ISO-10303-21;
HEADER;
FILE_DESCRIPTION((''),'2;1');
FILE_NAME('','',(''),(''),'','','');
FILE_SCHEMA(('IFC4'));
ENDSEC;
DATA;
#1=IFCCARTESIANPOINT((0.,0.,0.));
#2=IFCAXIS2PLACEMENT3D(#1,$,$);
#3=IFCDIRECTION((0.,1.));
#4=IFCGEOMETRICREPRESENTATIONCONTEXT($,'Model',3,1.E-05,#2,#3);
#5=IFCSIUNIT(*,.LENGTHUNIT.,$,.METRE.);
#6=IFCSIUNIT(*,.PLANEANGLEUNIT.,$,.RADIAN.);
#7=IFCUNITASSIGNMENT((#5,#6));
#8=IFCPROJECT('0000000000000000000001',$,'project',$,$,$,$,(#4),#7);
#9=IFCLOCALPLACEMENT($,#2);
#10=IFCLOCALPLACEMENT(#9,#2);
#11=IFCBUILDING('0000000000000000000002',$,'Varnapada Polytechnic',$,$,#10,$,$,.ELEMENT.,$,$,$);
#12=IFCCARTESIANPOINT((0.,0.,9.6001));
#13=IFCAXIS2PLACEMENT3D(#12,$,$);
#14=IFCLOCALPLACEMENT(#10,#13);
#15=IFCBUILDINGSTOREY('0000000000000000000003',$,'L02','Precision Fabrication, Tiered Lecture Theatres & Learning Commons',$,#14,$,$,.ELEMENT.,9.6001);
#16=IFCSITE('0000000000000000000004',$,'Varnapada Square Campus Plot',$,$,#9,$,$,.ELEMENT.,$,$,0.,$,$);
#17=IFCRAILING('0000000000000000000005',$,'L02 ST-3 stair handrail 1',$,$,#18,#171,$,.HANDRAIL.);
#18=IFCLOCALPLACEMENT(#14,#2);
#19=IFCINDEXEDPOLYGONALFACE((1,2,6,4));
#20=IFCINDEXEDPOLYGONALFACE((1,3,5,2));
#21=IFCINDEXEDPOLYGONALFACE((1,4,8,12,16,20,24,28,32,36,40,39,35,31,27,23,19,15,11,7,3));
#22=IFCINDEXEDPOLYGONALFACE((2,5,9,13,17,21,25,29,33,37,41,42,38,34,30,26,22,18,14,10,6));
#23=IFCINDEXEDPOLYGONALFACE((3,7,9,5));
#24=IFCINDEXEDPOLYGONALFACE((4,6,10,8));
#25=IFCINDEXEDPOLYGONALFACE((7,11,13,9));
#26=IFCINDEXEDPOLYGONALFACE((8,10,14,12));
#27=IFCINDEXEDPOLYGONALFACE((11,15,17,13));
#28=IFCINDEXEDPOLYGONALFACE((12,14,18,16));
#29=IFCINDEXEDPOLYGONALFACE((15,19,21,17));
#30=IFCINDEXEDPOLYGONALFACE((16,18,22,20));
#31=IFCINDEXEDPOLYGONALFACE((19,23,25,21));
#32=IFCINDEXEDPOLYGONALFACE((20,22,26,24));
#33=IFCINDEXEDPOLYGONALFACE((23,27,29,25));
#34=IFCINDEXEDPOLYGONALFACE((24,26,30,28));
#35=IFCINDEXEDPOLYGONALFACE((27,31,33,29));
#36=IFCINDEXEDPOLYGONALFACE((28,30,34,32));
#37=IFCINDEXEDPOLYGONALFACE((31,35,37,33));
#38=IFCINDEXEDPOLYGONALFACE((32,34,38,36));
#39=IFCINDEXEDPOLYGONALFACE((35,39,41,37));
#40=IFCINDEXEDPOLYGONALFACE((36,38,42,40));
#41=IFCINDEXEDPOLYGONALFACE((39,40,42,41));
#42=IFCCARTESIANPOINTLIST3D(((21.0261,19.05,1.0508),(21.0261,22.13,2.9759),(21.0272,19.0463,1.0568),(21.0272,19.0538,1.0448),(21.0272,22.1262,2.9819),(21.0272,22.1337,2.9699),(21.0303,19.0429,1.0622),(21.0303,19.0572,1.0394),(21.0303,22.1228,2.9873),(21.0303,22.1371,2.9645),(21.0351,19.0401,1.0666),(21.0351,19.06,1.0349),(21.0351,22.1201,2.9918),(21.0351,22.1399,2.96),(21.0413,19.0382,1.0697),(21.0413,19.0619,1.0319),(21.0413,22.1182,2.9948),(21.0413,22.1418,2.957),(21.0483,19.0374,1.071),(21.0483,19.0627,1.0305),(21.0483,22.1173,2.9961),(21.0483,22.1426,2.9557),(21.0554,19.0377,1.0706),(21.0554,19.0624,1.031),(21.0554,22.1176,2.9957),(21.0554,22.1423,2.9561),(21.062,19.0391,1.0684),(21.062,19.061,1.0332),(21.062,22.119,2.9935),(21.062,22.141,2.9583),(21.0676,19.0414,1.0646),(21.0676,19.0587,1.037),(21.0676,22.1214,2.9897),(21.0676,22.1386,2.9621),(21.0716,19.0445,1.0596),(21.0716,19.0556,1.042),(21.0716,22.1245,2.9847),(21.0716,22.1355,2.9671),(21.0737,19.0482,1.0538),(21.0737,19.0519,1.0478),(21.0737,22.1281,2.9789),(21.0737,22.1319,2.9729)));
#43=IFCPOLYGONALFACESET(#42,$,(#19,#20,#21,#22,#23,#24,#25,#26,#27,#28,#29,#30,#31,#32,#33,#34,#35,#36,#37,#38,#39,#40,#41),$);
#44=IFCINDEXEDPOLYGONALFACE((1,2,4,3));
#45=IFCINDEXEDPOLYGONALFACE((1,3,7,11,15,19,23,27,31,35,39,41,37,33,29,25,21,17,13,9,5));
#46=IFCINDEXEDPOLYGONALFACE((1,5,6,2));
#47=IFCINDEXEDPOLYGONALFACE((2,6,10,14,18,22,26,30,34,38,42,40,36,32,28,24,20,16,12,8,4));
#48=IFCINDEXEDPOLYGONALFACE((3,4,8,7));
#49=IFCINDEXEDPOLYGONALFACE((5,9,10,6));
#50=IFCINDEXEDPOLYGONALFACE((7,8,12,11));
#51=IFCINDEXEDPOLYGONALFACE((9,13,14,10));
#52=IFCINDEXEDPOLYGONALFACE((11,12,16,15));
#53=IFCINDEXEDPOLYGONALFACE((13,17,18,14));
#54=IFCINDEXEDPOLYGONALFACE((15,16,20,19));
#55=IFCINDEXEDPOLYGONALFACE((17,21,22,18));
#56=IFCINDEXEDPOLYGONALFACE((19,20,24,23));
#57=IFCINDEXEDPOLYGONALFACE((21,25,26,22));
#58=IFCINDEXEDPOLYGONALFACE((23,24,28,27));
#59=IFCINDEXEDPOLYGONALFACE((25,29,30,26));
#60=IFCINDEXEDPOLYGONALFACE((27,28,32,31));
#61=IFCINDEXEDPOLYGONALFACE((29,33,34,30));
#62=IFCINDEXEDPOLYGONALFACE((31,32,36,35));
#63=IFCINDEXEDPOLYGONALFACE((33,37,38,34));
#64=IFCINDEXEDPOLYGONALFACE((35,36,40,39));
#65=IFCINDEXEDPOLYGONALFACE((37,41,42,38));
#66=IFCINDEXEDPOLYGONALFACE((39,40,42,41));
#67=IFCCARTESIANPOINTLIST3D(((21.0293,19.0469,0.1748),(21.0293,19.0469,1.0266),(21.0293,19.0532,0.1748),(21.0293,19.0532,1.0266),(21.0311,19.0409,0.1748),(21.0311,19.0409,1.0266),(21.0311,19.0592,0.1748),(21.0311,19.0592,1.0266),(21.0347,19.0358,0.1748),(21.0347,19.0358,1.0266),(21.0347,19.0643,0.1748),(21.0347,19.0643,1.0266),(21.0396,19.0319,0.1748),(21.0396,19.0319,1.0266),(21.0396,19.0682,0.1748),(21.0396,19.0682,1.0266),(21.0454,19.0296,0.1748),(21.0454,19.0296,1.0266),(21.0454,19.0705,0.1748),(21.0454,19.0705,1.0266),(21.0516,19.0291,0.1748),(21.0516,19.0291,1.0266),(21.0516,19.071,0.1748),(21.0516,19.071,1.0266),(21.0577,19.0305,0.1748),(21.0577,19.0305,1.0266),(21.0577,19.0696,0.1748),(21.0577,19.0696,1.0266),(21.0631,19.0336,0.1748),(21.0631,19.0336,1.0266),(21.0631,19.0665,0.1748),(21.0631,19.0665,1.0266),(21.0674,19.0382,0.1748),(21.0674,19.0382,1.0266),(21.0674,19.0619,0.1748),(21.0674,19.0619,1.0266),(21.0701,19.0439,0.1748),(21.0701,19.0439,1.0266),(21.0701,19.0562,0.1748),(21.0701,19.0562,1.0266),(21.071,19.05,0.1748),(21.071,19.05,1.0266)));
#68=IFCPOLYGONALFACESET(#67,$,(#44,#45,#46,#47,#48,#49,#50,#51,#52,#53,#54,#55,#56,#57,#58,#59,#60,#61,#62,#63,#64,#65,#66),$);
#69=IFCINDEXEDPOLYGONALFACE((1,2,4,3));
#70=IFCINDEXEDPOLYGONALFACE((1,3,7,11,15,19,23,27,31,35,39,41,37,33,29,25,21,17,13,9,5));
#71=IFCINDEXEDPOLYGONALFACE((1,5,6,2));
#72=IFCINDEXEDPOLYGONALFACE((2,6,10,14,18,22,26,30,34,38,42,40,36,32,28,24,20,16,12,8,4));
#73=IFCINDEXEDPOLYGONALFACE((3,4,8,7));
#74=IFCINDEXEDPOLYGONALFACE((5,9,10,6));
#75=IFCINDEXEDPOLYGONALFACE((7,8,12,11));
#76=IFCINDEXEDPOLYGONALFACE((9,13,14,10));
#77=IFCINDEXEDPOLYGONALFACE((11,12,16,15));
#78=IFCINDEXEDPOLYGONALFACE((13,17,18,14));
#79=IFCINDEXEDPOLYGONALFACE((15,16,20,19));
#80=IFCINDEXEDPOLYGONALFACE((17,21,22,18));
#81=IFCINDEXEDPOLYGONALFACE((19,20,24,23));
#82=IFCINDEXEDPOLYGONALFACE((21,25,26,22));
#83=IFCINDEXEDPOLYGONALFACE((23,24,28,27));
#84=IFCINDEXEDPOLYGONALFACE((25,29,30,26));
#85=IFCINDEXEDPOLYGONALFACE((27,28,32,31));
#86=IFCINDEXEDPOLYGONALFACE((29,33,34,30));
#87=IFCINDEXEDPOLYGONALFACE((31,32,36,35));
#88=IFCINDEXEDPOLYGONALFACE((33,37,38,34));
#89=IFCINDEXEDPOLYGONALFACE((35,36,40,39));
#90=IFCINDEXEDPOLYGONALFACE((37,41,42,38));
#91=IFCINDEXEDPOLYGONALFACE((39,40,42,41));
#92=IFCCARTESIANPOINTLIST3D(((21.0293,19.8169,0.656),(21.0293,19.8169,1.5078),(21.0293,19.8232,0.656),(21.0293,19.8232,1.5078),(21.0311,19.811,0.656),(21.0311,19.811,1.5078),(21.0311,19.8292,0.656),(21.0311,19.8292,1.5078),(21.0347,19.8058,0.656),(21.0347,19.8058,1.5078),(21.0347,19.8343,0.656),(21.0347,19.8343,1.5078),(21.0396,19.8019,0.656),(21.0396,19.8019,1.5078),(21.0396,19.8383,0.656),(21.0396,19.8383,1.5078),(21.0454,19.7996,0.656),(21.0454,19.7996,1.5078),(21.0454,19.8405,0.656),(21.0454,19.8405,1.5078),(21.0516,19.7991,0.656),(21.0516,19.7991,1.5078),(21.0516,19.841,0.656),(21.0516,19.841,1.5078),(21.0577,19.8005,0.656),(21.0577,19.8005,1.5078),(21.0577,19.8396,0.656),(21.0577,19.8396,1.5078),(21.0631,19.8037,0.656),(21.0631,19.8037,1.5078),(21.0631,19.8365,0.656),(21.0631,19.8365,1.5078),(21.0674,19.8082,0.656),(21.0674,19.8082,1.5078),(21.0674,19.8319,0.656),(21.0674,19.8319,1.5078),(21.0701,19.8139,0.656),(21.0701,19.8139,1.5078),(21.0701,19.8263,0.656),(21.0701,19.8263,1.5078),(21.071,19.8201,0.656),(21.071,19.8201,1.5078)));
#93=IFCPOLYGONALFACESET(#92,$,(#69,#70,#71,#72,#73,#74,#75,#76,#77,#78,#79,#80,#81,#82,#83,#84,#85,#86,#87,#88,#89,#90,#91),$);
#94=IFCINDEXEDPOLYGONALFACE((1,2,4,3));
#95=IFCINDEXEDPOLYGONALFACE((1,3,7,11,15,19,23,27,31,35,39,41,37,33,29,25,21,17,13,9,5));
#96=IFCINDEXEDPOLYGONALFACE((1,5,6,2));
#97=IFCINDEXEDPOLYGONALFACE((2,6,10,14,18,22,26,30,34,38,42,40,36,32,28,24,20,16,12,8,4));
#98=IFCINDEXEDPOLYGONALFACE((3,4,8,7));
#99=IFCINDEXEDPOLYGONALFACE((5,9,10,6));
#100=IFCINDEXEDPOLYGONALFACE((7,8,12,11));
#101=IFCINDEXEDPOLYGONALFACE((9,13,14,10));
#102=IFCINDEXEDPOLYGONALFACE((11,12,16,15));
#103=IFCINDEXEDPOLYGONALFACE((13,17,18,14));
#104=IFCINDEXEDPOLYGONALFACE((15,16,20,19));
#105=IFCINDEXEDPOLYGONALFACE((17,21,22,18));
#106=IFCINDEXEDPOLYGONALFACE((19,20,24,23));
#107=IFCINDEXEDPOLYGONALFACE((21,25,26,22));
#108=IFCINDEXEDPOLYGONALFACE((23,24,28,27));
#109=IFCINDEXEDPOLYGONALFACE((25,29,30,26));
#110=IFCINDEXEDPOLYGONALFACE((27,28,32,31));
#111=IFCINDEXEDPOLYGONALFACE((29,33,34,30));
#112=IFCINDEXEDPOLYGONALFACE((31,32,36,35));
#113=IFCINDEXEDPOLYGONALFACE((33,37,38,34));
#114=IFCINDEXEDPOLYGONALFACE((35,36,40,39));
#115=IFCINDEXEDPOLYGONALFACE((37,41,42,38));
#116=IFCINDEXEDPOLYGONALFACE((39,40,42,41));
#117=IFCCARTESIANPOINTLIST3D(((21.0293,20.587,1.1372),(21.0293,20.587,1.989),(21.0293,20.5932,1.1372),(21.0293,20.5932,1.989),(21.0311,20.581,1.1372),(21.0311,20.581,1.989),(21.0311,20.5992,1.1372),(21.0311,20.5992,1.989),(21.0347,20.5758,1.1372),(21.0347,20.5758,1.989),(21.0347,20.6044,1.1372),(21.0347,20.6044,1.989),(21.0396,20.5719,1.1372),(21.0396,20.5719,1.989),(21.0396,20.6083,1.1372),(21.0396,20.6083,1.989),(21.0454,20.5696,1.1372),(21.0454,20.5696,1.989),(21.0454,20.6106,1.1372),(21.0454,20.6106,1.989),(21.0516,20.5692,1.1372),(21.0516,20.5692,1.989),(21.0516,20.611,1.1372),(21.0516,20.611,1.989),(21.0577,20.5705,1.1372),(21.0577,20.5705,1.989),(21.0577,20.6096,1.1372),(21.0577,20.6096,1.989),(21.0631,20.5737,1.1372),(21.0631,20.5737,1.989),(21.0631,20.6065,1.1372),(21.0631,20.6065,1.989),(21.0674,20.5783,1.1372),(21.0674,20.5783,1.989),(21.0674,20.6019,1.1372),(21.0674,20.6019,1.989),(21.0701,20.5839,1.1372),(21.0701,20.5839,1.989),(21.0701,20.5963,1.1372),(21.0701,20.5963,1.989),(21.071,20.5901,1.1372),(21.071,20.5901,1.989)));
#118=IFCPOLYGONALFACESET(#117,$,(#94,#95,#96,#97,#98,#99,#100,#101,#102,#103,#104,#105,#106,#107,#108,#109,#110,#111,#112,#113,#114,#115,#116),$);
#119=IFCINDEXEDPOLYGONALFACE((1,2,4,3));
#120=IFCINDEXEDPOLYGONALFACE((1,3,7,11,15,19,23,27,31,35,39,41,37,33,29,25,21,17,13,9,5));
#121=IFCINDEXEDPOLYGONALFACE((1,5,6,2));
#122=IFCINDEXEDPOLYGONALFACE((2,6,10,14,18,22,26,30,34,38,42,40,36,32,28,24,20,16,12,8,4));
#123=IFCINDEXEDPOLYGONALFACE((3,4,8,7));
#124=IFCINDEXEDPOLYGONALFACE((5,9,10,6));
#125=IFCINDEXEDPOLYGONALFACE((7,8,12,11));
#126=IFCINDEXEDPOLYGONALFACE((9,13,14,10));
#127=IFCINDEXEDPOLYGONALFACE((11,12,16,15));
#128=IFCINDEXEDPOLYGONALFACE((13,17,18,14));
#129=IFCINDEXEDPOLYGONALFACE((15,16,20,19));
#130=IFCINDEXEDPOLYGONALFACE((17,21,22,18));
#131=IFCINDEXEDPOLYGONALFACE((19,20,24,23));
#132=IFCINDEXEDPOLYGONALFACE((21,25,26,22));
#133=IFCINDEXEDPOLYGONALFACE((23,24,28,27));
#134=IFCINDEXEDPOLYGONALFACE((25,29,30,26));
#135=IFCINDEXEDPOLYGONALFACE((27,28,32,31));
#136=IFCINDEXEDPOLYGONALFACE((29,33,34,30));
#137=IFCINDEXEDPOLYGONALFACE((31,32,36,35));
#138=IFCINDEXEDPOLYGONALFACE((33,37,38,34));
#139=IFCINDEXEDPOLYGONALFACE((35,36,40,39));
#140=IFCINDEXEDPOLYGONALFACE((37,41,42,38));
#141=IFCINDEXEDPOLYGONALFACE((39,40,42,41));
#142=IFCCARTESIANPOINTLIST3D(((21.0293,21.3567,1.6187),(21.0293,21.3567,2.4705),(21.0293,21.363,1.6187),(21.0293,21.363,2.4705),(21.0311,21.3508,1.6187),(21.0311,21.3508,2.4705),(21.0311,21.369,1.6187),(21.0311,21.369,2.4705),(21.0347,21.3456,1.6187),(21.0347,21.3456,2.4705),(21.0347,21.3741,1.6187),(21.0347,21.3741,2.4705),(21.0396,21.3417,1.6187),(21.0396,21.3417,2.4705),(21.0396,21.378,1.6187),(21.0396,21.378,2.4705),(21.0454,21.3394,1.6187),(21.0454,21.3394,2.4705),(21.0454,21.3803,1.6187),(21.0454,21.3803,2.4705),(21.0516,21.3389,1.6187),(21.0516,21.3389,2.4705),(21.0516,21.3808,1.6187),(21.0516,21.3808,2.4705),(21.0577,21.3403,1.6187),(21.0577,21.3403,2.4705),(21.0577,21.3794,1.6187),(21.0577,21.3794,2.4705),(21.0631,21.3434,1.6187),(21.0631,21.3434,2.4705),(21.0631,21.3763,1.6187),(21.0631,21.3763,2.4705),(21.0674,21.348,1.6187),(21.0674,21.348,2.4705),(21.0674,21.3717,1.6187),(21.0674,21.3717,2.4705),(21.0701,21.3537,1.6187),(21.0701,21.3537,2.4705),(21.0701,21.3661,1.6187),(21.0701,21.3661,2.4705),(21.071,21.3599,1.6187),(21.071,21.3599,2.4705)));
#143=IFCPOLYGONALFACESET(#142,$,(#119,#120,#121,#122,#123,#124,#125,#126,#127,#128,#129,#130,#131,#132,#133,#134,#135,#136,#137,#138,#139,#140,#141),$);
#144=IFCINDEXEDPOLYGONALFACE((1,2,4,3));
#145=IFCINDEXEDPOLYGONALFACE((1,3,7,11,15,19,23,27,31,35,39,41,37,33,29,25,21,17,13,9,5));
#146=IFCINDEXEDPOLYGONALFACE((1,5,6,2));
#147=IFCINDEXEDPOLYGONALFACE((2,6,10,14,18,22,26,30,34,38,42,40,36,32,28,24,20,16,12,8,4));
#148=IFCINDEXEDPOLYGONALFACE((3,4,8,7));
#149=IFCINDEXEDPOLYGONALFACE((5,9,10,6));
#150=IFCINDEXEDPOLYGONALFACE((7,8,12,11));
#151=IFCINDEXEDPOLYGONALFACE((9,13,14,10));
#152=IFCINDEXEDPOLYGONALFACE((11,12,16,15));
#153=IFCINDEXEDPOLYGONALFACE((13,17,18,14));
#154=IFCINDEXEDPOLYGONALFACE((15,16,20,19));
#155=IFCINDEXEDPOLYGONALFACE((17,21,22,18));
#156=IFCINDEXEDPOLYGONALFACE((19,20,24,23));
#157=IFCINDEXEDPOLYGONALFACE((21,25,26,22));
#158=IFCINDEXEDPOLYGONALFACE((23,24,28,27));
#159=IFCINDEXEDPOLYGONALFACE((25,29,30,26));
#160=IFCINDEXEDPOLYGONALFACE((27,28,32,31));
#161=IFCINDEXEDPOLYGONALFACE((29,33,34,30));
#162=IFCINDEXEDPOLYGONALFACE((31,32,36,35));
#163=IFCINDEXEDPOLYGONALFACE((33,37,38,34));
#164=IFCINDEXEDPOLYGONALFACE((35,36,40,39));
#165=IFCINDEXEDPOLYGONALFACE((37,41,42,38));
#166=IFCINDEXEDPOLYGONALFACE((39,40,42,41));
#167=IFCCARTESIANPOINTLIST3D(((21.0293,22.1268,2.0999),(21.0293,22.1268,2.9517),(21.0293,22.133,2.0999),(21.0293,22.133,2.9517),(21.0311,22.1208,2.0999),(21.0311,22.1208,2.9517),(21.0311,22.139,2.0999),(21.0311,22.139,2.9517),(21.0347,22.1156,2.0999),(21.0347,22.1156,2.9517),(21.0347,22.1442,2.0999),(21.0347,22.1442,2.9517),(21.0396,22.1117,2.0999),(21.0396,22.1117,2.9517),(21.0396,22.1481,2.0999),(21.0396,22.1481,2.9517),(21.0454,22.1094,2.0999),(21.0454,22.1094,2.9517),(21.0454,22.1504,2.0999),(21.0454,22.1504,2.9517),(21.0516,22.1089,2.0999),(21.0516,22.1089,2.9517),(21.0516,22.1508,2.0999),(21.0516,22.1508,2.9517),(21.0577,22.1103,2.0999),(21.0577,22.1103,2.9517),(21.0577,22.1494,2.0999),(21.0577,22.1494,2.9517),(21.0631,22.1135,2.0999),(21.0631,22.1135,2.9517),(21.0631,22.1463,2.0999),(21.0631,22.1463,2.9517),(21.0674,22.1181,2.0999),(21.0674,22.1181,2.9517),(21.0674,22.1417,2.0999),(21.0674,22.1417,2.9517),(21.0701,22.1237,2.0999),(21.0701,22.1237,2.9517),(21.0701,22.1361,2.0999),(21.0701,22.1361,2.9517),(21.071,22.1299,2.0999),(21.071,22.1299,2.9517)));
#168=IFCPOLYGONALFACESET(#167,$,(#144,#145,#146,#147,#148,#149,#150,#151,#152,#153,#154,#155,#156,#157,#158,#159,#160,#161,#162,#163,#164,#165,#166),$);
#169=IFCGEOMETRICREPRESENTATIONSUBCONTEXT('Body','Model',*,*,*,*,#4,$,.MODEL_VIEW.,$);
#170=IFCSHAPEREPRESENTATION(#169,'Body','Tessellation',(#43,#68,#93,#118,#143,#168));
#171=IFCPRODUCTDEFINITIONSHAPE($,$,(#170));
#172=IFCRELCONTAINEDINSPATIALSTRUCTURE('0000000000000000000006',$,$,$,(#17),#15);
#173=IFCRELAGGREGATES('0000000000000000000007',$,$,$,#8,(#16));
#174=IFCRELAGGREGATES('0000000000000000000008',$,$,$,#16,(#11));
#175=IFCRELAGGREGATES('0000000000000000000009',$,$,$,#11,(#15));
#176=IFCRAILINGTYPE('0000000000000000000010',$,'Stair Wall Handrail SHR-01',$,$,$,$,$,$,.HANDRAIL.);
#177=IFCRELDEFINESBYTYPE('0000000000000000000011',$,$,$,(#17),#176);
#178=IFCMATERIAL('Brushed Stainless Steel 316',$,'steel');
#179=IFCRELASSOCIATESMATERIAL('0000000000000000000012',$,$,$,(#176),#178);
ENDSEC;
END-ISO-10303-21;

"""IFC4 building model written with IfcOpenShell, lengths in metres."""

from ifc_helpers import new_model, si_unit, direction, frame, origin, origin_2d, place, context, subcontext, project, spatial, circle, extrude, material, type_object, element, save


model = new_model("IFC4")

# Units and contexts
model_context = context("Model", 3, precision=1e-05, world=origin(), true_north=direction((0.0, 1.0)))
body_context = subcontext(model_context, "Body", "Model", "MODEL_VIEW")
ifc_project = project(units=[si_unit("LENGTHUNIT", "METRE"), si_unit("PLANEANGLEUNIT", "RADIAN")], contexts=[model_context])

# Site, building, storey
site_placement = place(None, origin())
site = spatial("IfcSite", under=ifc_project, at=site_placement, Name="Varnapada Square Campus Plot", CompositionType="ELEMENT", RefElevation=0.0)
building_placement = place(site_placement, origin())
building = spatial("IfcBuilding", under=site, at=building_placement, Name="Varnapada Polytechnic", CompositionType="ELEMENT")
storey_placement = place(building_placement, frame((0.0, 0.0, 9.6001)))
storey = spatial("IfcBuildingStorey", under=building, at=storey_placement, Name="L02", Description="Precision Fabrication, Tiered Lecture Theatres & Learning Commons", CompositionType="ELEMENT", Elevation=9.6001)

# Railing
ifc_material_1 = material(Name="Brushed Stainless Steel 316", Category="steel")
railing_type_1 = type_object("IfcRailingType", Name="Stair Wall Handrail SHR-01", PredefinedType="HANDRAIL", material=ifc_material_1)
railing_1_placement = place(storey_placement, frame((21.05, 19.05, 0.1748)))
element("IfcRailing", 1, at=railing_1_placement, inside=storey, type_object=railing_type_1, Name="L02 ST-3 stair handrail 1", PredefinedType="HANDRAIL", context=body_context, shape_type="SweptSolid", body=[
    extrude(circle(Radius=0.0239, at=origin_2d()), frame((0.0, 0.0, 0.876), z_axis=(0.0, 0.847979, 0.530029), x_axis=(-1.0, 0.0, 0.0)), (0.0, 0.0, 1.0), 3.6321),
    extrude(circle(Radius=0.021, at=origin_2d()), origin(), (0.0, 0.0, 1.0), 0.8518),
    extrude(circle(Radius=0.021, at=origin_2d()), frame((0.0, 0.77, 0.4812)), (0.0, 0.0, 1.0), 0.8518),
    extrude(circle(Radius=0.021, at=origin_2d()), frame((0.0, 1.54, 0.9624)), (0.0, 0.0, 1.0), 0.8518),
    extrude(circle(Radius=0.021, at=origin_2d()), frame((0.0, 2.3098, 1.4438)), (0.0, 0.0, 1.0), 0.8518),
    extrude(circle(Radius=0.021, at=origin_2d()), frame((0.0, 3.0798, 1.925)), (0.0, 0.0, 1.0), 0.8518),
])

save(model, "model.ifc")
